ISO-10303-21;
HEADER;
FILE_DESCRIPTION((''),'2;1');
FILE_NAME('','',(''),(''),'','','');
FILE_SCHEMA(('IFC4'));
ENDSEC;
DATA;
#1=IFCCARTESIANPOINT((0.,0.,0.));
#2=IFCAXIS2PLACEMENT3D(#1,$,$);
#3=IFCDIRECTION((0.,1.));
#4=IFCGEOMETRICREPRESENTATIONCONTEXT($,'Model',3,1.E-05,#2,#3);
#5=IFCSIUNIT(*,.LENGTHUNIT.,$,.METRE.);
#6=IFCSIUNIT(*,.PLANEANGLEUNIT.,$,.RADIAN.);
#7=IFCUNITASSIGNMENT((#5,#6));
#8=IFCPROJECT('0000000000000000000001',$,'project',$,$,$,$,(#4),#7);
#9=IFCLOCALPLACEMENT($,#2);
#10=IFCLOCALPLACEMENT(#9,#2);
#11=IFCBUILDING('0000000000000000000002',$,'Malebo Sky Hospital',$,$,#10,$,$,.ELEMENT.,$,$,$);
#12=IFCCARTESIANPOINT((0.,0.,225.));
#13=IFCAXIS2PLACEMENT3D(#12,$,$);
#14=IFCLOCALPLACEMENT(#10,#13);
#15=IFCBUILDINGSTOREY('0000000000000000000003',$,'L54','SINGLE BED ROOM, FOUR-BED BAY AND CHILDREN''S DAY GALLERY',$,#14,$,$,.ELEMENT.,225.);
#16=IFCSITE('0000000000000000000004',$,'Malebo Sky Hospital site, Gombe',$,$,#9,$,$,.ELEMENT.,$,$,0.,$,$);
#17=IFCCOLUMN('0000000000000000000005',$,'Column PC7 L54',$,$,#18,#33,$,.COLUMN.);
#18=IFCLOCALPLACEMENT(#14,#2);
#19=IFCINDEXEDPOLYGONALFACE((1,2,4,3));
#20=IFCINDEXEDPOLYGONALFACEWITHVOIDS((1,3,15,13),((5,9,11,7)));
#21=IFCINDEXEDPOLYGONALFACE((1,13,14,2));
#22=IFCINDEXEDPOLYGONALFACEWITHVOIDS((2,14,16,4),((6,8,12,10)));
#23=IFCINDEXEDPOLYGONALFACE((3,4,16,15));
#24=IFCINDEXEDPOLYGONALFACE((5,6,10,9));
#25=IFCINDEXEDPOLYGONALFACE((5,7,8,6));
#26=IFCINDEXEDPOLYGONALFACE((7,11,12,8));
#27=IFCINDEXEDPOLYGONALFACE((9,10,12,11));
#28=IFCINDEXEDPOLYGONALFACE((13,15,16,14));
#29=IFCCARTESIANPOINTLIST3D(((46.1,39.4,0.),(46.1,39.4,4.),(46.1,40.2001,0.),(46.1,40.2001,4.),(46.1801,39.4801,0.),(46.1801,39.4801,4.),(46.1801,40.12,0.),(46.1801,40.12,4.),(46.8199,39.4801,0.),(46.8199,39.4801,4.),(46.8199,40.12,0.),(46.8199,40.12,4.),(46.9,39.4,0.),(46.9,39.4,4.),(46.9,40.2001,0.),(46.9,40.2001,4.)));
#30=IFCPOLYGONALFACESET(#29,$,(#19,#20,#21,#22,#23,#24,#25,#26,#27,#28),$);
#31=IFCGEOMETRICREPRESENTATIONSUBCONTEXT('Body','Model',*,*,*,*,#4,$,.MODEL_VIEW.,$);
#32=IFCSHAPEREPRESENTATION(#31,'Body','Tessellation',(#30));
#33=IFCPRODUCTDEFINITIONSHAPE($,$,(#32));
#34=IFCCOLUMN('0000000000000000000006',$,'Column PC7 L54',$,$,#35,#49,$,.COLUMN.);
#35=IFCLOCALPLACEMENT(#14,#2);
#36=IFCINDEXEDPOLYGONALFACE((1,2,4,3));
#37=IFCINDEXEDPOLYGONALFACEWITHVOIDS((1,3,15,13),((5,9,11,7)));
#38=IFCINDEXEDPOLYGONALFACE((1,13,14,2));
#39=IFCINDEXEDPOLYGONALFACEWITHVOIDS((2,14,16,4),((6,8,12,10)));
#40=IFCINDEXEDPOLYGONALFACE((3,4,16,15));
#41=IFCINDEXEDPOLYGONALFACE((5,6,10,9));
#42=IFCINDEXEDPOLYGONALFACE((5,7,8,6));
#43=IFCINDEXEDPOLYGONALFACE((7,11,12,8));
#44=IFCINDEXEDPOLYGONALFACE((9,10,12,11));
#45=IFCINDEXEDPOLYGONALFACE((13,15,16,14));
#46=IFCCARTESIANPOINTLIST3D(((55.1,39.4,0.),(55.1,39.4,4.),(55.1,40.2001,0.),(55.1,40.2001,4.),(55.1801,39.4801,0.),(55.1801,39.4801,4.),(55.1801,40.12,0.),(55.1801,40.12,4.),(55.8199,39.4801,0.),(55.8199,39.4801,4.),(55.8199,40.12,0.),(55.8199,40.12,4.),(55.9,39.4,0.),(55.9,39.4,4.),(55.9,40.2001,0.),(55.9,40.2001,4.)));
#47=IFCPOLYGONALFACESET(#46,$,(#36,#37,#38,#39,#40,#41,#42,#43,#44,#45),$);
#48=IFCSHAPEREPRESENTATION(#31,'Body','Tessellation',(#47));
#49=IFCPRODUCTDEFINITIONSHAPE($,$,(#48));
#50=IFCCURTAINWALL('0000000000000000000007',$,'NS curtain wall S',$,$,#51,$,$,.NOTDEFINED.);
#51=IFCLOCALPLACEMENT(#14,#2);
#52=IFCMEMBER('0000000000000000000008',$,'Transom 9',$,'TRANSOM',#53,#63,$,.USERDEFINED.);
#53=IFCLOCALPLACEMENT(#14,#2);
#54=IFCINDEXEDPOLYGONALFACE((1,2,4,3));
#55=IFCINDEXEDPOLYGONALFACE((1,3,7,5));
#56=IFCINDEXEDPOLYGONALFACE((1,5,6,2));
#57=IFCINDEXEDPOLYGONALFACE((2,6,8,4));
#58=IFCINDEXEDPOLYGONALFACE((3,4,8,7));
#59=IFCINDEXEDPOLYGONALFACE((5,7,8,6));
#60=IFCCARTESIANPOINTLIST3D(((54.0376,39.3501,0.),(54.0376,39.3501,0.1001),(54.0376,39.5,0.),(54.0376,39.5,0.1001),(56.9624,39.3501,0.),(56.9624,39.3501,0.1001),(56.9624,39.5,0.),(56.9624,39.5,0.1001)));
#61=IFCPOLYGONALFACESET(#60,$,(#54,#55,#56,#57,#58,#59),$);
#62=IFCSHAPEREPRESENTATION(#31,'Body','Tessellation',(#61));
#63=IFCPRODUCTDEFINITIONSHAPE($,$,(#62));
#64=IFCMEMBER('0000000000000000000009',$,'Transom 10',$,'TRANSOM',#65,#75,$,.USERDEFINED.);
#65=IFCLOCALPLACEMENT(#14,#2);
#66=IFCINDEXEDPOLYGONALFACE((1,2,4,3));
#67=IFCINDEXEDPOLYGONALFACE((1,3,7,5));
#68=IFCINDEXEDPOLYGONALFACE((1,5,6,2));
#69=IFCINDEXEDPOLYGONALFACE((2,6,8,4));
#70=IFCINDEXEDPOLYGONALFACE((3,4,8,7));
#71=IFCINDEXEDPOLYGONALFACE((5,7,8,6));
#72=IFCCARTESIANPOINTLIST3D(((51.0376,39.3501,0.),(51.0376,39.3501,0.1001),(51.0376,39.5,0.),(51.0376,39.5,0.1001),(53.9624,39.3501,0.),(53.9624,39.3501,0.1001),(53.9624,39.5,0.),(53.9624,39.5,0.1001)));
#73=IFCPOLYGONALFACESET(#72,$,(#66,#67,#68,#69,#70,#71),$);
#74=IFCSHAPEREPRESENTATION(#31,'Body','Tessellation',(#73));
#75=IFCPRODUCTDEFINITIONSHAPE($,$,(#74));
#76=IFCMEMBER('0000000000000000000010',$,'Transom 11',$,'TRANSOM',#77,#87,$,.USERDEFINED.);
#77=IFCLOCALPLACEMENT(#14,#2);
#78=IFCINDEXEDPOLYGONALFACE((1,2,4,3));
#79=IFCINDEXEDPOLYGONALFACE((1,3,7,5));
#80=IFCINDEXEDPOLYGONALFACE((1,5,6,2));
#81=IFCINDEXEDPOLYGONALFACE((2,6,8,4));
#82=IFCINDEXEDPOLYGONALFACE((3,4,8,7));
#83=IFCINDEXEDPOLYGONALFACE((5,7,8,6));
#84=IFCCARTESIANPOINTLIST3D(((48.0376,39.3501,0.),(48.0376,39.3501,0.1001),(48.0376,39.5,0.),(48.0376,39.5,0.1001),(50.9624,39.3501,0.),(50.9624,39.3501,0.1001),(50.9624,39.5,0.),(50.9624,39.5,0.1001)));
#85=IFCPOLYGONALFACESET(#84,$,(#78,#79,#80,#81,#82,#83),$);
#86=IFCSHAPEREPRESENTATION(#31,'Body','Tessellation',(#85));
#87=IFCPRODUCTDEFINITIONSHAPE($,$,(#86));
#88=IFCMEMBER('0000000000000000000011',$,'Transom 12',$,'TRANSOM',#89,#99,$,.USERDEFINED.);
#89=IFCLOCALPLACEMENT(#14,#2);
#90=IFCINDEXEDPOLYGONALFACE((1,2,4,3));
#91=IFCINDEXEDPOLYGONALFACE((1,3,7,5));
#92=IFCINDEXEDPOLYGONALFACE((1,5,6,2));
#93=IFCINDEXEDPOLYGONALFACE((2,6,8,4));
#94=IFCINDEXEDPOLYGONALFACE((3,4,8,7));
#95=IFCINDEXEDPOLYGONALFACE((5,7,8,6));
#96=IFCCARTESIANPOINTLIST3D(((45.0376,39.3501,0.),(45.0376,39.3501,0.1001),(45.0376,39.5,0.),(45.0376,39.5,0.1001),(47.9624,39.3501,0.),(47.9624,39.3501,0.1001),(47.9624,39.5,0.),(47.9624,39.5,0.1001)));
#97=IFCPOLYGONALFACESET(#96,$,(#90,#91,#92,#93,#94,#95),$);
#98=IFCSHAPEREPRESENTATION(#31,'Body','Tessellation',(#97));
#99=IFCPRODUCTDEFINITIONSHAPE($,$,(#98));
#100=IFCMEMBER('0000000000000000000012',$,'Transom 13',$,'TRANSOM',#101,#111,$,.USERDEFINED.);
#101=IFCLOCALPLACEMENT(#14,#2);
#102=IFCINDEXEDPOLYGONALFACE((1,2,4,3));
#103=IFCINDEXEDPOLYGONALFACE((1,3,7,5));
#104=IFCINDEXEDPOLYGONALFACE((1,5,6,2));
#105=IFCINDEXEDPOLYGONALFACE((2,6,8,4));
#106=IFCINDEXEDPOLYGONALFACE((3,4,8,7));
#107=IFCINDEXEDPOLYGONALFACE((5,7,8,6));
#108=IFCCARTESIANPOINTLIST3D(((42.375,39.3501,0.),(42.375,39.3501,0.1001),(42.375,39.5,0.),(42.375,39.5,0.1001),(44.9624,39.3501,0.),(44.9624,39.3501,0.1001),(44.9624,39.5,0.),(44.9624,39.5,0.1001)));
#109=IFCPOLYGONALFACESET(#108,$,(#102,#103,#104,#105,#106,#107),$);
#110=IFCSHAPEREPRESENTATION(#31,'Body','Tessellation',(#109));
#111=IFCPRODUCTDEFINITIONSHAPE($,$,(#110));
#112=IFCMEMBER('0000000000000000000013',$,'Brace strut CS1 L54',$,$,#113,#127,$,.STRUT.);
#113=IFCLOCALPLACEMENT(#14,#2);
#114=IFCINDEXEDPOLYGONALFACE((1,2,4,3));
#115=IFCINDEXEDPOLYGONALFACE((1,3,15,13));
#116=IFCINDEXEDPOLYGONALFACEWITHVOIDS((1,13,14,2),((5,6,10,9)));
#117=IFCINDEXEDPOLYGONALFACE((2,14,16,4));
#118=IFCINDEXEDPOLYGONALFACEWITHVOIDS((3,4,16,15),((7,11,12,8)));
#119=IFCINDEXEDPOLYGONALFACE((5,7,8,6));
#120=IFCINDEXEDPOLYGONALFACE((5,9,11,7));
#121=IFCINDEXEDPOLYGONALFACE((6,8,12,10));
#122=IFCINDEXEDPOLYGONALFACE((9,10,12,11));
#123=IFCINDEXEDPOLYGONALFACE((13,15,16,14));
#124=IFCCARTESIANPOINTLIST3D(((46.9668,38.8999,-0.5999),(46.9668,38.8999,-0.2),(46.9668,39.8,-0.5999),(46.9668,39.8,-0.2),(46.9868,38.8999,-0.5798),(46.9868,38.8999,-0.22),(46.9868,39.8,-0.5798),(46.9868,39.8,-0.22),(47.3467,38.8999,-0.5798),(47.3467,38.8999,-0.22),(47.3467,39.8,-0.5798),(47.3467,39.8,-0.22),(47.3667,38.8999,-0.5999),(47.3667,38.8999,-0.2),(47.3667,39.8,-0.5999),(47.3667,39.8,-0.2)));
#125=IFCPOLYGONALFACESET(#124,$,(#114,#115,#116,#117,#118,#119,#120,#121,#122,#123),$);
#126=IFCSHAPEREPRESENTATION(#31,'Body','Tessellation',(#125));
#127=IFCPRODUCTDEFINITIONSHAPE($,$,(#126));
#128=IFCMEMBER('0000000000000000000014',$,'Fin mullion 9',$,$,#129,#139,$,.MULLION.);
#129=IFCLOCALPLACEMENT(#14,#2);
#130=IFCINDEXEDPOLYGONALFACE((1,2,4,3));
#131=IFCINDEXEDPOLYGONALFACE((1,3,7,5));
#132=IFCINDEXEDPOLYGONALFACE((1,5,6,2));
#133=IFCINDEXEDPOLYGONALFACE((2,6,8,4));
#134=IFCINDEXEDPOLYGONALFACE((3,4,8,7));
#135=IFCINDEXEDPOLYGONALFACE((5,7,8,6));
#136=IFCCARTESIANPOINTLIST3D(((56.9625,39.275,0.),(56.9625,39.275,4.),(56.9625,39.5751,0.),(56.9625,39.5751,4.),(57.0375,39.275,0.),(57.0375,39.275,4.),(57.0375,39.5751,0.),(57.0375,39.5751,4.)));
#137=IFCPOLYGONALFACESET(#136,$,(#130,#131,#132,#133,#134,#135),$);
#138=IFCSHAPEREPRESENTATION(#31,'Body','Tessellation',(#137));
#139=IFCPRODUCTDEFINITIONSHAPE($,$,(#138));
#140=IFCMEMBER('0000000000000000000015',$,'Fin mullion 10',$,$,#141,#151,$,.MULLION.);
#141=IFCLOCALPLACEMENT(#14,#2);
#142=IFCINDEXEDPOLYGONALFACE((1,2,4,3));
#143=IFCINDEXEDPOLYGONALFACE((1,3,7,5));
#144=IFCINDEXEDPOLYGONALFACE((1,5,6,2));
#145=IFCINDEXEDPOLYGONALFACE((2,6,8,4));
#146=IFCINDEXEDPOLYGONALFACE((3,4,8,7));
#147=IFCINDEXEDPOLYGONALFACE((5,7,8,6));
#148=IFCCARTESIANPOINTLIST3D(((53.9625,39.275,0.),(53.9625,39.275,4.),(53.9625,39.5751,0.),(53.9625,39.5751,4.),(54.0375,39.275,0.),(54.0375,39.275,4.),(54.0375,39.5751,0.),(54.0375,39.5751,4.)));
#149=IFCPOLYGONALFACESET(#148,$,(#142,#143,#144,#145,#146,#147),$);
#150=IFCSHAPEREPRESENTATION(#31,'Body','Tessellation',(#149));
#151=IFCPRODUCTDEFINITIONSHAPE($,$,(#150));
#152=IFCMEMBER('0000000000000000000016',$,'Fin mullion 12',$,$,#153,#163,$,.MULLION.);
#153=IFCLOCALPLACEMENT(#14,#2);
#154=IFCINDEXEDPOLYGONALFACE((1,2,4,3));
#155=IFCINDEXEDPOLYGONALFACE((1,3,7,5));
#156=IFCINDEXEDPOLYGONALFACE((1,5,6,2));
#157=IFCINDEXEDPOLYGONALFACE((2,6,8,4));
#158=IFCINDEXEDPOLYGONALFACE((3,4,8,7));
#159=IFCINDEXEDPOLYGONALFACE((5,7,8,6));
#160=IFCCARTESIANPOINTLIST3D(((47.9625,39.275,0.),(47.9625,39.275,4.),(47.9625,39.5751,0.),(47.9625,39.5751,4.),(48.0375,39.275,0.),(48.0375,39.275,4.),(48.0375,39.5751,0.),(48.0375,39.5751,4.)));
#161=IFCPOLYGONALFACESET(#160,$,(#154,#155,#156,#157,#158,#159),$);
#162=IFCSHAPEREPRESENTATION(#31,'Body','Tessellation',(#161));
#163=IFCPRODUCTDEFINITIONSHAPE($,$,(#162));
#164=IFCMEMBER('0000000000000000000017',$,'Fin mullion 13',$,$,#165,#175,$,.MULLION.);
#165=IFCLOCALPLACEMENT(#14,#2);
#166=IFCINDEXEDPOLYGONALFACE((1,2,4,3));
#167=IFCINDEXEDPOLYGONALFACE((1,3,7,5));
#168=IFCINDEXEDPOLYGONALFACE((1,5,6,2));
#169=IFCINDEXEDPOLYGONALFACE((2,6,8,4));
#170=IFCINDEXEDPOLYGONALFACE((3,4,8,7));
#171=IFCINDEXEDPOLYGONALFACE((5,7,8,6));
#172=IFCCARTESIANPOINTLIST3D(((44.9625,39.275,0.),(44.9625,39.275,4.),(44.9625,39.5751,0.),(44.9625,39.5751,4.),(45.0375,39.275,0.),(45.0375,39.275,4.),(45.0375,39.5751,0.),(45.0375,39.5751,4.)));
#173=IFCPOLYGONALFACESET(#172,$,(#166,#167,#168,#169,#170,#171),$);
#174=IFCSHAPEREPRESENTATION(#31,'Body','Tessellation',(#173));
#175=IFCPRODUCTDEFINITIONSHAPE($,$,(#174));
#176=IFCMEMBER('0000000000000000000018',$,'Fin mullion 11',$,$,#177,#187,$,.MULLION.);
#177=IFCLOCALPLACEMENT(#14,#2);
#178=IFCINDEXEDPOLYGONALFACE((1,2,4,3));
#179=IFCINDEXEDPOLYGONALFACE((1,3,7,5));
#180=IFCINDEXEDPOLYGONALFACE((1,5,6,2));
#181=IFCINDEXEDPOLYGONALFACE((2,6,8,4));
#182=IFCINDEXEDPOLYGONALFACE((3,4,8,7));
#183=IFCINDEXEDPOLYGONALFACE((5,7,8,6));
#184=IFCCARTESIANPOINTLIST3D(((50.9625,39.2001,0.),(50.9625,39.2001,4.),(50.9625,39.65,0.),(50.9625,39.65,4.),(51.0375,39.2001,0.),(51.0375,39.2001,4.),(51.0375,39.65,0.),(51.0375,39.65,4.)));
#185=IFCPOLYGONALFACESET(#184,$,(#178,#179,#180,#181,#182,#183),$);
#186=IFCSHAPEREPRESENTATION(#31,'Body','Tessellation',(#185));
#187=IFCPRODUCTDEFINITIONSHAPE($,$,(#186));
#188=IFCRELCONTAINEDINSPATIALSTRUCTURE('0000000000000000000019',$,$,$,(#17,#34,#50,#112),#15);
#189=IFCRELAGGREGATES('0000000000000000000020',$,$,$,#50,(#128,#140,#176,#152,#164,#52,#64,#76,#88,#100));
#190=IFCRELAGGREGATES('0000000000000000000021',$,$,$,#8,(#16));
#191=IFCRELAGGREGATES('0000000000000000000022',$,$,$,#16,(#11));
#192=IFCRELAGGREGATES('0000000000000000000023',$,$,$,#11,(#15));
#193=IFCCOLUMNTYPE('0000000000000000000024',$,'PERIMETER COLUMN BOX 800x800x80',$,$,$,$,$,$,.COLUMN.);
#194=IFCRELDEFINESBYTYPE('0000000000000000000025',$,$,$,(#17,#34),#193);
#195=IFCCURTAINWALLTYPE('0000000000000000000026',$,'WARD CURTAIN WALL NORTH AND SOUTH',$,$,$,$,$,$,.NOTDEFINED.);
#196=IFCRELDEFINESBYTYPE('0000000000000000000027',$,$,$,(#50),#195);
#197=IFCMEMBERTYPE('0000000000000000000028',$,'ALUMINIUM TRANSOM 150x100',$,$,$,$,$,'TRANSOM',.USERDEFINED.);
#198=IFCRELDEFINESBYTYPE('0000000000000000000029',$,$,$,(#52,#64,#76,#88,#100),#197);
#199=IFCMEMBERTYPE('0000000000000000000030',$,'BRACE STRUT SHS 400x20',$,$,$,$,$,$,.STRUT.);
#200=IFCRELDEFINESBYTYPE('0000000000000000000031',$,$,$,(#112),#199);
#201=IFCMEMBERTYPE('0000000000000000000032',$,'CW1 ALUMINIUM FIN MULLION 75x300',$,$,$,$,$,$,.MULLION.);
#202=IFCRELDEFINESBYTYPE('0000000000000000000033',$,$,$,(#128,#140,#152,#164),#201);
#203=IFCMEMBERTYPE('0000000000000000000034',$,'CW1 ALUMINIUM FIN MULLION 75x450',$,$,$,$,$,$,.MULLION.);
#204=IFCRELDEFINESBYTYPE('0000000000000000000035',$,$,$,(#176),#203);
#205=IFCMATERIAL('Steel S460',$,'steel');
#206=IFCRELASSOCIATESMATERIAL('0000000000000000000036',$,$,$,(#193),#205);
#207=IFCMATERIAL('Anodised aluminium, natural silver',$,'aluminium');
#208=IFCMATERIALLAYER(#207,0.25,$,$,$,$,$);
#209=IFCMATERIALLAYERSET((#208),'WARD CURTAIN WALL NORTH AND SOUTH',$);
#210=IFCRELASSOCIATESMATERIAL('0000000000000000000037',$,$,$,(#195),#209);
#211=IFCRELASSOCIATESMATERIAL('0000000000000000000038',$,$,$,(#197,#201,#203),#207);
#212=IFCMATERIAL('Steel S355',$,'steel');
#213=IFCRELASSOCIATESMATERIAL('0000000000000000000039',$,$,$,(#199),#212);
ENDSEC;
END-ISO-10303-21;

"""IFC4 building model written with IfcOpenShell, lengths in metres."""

from ifc_helpers import new_model, si_unit, direction, frame, origin, origin_2d, place, context, subcontext, project, spatial, rectangle, hollow_rectangle, extrude, material, layer, layer_set, material_profile, profile_set, type_object, element, aggregate, save


model = new_model("IFC4")

# Units and contexts
model_context = context("Model", 3, precision=1e-05, world=origin(), true_north=direction((0.0, 1.0)))
body_context = subcontext(model_context, "Body", "Model", "MODEL_VIEW")
ifc_project = project(units=[si_unit("LENGTHUNIT", "METRE"), si_unit("PLANEANGLEUNIT", "RADIAN")], contexts=[model_context])

# Site, building, storey
site_placement = place(None, origin())
site = spatial("IfcSite", under=ifc_project, at=site_placement, Name="Malebo Sky Hospital site, Gombe", CompositionType="ELEMENT", RefElevation=0.0)
building_placement = place(site_placement, origin())
building = spatial("IfcBuilding", under=site, at=building_placement, Name="Malebo Sky Hospital", CompositionType="ELEMENT")
storey_placement = place(building_placement, frame((0.0, 0.0, 225.0)))
storey = spatial("IfcBuildingStorey", under=building, at=storey_placement, Name="L54", Description="SINGLE BED ROOM, FOUR-BED BAY AND CHILDREN'S DAY GALLERY", CompositionType="ELEMENT", Elevation=225.0)

# Columns
ifc_material_1 = material(Name="Steel S460", Category="steel")
ifc_material_profile_1 = material_profile(ifc_material_1, hollow_rectangle(XDim=0.8, YDim=0.8, WallThickness=0.0801, at=origin_2d()), Name="BOX 800x800x80")
ifc_profile_set_1 = profile_set([ifc_material_profile_1], Name="Steel S460")
column_type = type_object("IfcColumnType", Name="PERIMETER COLUMN BOX 800x800x80", PredefinedType="COLUMN", material=ifc_profile_set_1)
for number, where, z_axis, x_axis, name in (
    (1, (46.5, 39.8, 0.0), (0.0, 0.0, 1.0), (1.0, 0.0, 0.0), "Column PC7 L54"),
    (2, (55.5, 39.8, 0.0), (0.0, 0.0, 1.0), (1.0, 0.0, 0.0), "Column PC7 L54"),
):
    element("IfcColumn", number, at=place(storey_placement, frame(where, z_axis=z_axis, x_axis=x_axis)), inside=storey, type_object=column_type, Name=name, PredefinedType="COLUMN", context=body_context, shape_type="SweptSolid", body=[
        extrude(hollow_rectangle(XDim=0.8, YDim=0.8, WallThickness=0.0801, at=origin_2d()), origin(), (0.0, 0.0, 1.0), 4.0),
    ])

# Curtain wall, members
ifc_material_2 = material(Name="Anodised aluminium, natural silver", Category="aluminium")
ifc_layer_1 = layer(ifc_material_2, 0.25)
ifc_layer_set_1 = layer_set([ifc_layer_1], Name="WARD CURTAIN WALL NORTH AND SOUTH")
curtain_wall_type = type_object("IfcCurtainWallType", Name="WARD CURTAIN WALL NORTH AND SOUTH", PredefinedType="NOTDEFINED", material=ifc_layer_set_1)
curtain_wall_placement = place(storey_placement, origin())
curtain_wall = element("IfcCurtainWall", 3, at=curtain_wall_placement, inside=storey, type_object=curtain_wall_type, Name="NS curtain wall S", PredefinedType="NOTDEFINED")
ifc_material_profile_2 = material_profile(ifc_material_2, rectangle(XDim=0.1499, YDim=0.1001, at=origin_2d()), Name="ALUMINIUM TRANSOM 150x100")
ifc_profile_set_2 = profile_set([ifc_material_profile_2], Name="Anodised aluminium, natural silver")
member_type_1 = type_object("IfcMemberType", Name="ALUMINIUM TRANSOM 150x100", ElementType="TRANSOM", PredefinedType="USERDEFINED", material=ifc_profile_set_2)
member_1_placement = place(storey_placement, frame((56.9624, 39.425, 0.05), z_axis=(-1.0, 0.0, 0.0), x_axis=(0.0, -1.0, 0.0)))
member_1 = element("IfcMember", 4, at=member_1_placement, type_object=member_type_1, Name="Transom 9", ObjectType="TRANSOM", PredefinedType="USERDEFINED", context=body_context, shape_type="SweptSolid", body=[
    extrude(rectangle(XDim=0.1499, YDim=0.1001, at=origin_2d()), origin(), (0.0, 0.0, 1.0), 2.9248),
])
member_2_placement = place(storey_placement, frame((53.9624, 39.425, 0.05), z_axis=(-1.0, 0.0, 0.0), x_axis=(0.0, -1.0, 0.0)))
member_2 = element("IfcMember", 5, at=member_2_placement, type_object=member_type_1, Name="Transom 10", ObjectType="TRANSOM", PredefinedType="USERDEFINED", context=body_context, shape_type="SweptSolid", body=[
    extrude(rectangle(XDim=0.1499, YDim=0.1001, at=origin_2d()), origin(), (0.0, 0.0, 1.0), 2.9248),
])
member_3_placement = place(storey_placement, frame((50.9624, 39.425, 0.05), z_axis=(-1.0, 0.0, 0.0), x_axis=(0.0, -1.0, 0.0)))
member_3 = element("IfcMember", 6, at=member_3_placement, type_object=member_type_1, Name="Transom 11", ObjectType="TRANSOM", PredefinedType="USERDEFINED", context=body_context, shape_type="SweptSolid", body=[
    extrude(rectangle(XDim=0.1499, YDim=0.1001, at=origin_2d()), origin(), (0.0, 0.0, 1.0), 2.9248),
])
member_4_placement = place(storey_placement, frame((47.9624, 39.425, 0.05), z_axis=(-1.0, 0.0, 0.0), x_axis=(0.0, -1.0, 0.0)))
member_4 = element("IfcMember", 7, at=member_4_placement, type_object=member_type_1, Name="Transom 12", ObjectType="TRANSOM", PredefinedType="USERDEFINED", context=body_context, shape_type="SweptSolid", body=[
    extrude(rectangle(XDim=0.1499, YDim=0.1001, at=origin_2d()), origin(), (0.0, 0.0, 1.0), 2.9248),
])
member_5_placement = place(storey_placement, frame((44.9624, 39.425, 0.05), z_axis=(-1.0, 0.0, 0.0), x_axis=(0.0, -1.0, 0.0)))
member_5 = element("IfcMember", 8, at=member_5_placement, type_object=member_type_1, Name="Transom 13", ObjectType="TRANSOM", PredefinedType="USERDEFINED", context=body_context, shape_type="SweptSolid", body=[
    extrude(rectangle(XDim=0.1499, YDim=0.1001, at=origin_2d()), origin(), (0.0, 0.0, 1.0), 2.5874),
])

# Members
ifc_material_3 = material(Name="Steel S355", Category="steel")
ifc_material_profile_3 = material_profile(ifc_material_3, hollow_rectangle(XDim=0.3999, YDim=0.3999, WallThickness=0.02, at=origin_2d()), Name="SHS 400x20")
ifc_profile_set_3 = profile_set([ifc_material_profile_3], Name="Steel S355")
member_type_2 = type_object("IfcMemberType", Name="BRACE STRUT SHS 400x20", PredefinedType="STRUT", material=ifc_profile_set_3)
member_6_placement = place(storey_placement, frame((47.1667, 38.8999, -0.3999), z_axis=(0.0, 1.0, 0.0), x_axis=(-1.0, 0.0, 0.0)))
element("IfcMember", 9, at=member_6_placement, inside=storey, type_object=member_type_2, Name="Brace strut CS1 L54", PredefinedType="STRUT", context=body_context, shape_type="SweptSolid", body=[
    extrude(hollow_rectangle(XDim=0.3999, YDim=0.3999, WallThickness=0.02, at=origin_2d()), origin(), (0.0, 0.0, 1.0), 0.9001),
])
ifc_material_profile_4 = material_profile(ifc_material_2, rectangle(XDim=0.075, YDim=0.3, at=origin_2d()), Name="CW1 ALUMINIUM FIN MULLION 75x300")
ifc_profile_set_4 = profile_set([ifc_material_profile_4], Name="Anodised aluminium, natural silver")
member_type_3 = type_object("IfcMemberType", Name="CW1 ALUMINIUM FIN MULLION 75x300", PredefinedType="MULLION", material=ifc_profile_set_4)
member_7_placement = place(storey_placement, frame((57.0, 39.425, 0.0), z_axis=(0.0, 0.0, 1.0), x_axis=(-1.0, 0.0, 0.0)))
member_7 = element("IfcMember", 10, at=member_7_placement, type_object=member_type_3, Name="Fin mullion 9", PredefinedType="MULLION", context=body_context, shape_type="SweptSolid", body=[
    extrude(rectangle(XDim=0.075, YDim=0.3, at=origin_2d()), origin(), (0.0, 0.0, 1.0), 4.0),
])
member_8_placement = place(storey_placement, frame((54.0, 39.425, 0.0), z_axis=(0.0, 0.0, 1.0), x_axis=(-1.0, 0.0, 0.0)))
member_8 = element("IfcMember", 11, at=member_8_placement, type_object=member_type_3, Name="Fin mullion 10", PredefinedType="MULLION", context=body_context, shape_type="SweptSolid", body=[
    extrude(rectangle(XDim=0.075, YDim=0.3, at=origin_2d()), origin(), (0.0, 0.0, 1.0), 4.0),
])
member_9_placement = place(storey_placement, frame((48.0, 39.425, 0.0), z_axis=(0.0, 0.0, 1.0), x_axis=(-1.0, 0.0, 0.0)))
member_9 = element("IfcMember", 12, at=member_9_placement, type_object=member_type_3, Name="Fin mullion 12", PredefinedType="MULLION", context=body_context, shape_type="SweptSolid", body=[
    extrude(rectangle(XDim=0.075, YDim=0.3, at=origin_2d()), origin(), (0.0, 0.0, 1.0), 4.0),
])
member_10_placement = place(storey_placement, frame((45.0, 39.425, 0.0), z_axis=(0.0, 0.0, 1.0), x_axis=(-1.0, 0.0, 0.0)))
member_10 = element("IfcMember", 13, at=member_10_placement, type_object=member_type_3, Name="Fin mullion 13", PredefinedType="MULLION", context=body_context, shape_type="SweptSolid", body=[
    extrude(rectangle(XDim=0.075, YDim=0.3, at=origin_2d()), origin(), (0.0, 0.0, 1.0), 4.0),
])
ifc_material_profile_5 = material_profile(ifc_material_2, rectangle(XDim=0.075, YDim=0.45, at=origin_2d()), Name="CW1 ALUMINIUM FIN MULLION 75x450")
ifc_profile_set_5 = profile_set([ifc_material_profile_5], Name="Anodised aluminium, natural silver")
member_type_4 = type_object("IfcMemberType", Name="CW1 ALUMINIUM FIN MULLION 75x450", PredefinedType="MULLION", material=ifc_profile_set_5)
member_11_placement = place(storey_placement, frame((51.0, 39.425, 0.0), z_axis=(0.0, 0.0, 1.0), x_axis=(-1.0, 0.0, 0.0)))
member_11 = element("IfcMember", 14, at=member_11_placement, type_object=member_type_4, Name="Fin mullion 11", PredefinedType="MULLION", context=body_context, shape_type="SweptSolid", body=[
    extrude(rectangle(XDim=0.075, YDim=0.45, at=origin_2d()), origin(), (0.0, 0.0, 1.0), 4.0),
])

aggregate(curtain_wall, [member_7, member_8, member_11, member_9, member_10, member_1, member_2, member_3, member_4, member_5])

save(model, "model.ifc")
